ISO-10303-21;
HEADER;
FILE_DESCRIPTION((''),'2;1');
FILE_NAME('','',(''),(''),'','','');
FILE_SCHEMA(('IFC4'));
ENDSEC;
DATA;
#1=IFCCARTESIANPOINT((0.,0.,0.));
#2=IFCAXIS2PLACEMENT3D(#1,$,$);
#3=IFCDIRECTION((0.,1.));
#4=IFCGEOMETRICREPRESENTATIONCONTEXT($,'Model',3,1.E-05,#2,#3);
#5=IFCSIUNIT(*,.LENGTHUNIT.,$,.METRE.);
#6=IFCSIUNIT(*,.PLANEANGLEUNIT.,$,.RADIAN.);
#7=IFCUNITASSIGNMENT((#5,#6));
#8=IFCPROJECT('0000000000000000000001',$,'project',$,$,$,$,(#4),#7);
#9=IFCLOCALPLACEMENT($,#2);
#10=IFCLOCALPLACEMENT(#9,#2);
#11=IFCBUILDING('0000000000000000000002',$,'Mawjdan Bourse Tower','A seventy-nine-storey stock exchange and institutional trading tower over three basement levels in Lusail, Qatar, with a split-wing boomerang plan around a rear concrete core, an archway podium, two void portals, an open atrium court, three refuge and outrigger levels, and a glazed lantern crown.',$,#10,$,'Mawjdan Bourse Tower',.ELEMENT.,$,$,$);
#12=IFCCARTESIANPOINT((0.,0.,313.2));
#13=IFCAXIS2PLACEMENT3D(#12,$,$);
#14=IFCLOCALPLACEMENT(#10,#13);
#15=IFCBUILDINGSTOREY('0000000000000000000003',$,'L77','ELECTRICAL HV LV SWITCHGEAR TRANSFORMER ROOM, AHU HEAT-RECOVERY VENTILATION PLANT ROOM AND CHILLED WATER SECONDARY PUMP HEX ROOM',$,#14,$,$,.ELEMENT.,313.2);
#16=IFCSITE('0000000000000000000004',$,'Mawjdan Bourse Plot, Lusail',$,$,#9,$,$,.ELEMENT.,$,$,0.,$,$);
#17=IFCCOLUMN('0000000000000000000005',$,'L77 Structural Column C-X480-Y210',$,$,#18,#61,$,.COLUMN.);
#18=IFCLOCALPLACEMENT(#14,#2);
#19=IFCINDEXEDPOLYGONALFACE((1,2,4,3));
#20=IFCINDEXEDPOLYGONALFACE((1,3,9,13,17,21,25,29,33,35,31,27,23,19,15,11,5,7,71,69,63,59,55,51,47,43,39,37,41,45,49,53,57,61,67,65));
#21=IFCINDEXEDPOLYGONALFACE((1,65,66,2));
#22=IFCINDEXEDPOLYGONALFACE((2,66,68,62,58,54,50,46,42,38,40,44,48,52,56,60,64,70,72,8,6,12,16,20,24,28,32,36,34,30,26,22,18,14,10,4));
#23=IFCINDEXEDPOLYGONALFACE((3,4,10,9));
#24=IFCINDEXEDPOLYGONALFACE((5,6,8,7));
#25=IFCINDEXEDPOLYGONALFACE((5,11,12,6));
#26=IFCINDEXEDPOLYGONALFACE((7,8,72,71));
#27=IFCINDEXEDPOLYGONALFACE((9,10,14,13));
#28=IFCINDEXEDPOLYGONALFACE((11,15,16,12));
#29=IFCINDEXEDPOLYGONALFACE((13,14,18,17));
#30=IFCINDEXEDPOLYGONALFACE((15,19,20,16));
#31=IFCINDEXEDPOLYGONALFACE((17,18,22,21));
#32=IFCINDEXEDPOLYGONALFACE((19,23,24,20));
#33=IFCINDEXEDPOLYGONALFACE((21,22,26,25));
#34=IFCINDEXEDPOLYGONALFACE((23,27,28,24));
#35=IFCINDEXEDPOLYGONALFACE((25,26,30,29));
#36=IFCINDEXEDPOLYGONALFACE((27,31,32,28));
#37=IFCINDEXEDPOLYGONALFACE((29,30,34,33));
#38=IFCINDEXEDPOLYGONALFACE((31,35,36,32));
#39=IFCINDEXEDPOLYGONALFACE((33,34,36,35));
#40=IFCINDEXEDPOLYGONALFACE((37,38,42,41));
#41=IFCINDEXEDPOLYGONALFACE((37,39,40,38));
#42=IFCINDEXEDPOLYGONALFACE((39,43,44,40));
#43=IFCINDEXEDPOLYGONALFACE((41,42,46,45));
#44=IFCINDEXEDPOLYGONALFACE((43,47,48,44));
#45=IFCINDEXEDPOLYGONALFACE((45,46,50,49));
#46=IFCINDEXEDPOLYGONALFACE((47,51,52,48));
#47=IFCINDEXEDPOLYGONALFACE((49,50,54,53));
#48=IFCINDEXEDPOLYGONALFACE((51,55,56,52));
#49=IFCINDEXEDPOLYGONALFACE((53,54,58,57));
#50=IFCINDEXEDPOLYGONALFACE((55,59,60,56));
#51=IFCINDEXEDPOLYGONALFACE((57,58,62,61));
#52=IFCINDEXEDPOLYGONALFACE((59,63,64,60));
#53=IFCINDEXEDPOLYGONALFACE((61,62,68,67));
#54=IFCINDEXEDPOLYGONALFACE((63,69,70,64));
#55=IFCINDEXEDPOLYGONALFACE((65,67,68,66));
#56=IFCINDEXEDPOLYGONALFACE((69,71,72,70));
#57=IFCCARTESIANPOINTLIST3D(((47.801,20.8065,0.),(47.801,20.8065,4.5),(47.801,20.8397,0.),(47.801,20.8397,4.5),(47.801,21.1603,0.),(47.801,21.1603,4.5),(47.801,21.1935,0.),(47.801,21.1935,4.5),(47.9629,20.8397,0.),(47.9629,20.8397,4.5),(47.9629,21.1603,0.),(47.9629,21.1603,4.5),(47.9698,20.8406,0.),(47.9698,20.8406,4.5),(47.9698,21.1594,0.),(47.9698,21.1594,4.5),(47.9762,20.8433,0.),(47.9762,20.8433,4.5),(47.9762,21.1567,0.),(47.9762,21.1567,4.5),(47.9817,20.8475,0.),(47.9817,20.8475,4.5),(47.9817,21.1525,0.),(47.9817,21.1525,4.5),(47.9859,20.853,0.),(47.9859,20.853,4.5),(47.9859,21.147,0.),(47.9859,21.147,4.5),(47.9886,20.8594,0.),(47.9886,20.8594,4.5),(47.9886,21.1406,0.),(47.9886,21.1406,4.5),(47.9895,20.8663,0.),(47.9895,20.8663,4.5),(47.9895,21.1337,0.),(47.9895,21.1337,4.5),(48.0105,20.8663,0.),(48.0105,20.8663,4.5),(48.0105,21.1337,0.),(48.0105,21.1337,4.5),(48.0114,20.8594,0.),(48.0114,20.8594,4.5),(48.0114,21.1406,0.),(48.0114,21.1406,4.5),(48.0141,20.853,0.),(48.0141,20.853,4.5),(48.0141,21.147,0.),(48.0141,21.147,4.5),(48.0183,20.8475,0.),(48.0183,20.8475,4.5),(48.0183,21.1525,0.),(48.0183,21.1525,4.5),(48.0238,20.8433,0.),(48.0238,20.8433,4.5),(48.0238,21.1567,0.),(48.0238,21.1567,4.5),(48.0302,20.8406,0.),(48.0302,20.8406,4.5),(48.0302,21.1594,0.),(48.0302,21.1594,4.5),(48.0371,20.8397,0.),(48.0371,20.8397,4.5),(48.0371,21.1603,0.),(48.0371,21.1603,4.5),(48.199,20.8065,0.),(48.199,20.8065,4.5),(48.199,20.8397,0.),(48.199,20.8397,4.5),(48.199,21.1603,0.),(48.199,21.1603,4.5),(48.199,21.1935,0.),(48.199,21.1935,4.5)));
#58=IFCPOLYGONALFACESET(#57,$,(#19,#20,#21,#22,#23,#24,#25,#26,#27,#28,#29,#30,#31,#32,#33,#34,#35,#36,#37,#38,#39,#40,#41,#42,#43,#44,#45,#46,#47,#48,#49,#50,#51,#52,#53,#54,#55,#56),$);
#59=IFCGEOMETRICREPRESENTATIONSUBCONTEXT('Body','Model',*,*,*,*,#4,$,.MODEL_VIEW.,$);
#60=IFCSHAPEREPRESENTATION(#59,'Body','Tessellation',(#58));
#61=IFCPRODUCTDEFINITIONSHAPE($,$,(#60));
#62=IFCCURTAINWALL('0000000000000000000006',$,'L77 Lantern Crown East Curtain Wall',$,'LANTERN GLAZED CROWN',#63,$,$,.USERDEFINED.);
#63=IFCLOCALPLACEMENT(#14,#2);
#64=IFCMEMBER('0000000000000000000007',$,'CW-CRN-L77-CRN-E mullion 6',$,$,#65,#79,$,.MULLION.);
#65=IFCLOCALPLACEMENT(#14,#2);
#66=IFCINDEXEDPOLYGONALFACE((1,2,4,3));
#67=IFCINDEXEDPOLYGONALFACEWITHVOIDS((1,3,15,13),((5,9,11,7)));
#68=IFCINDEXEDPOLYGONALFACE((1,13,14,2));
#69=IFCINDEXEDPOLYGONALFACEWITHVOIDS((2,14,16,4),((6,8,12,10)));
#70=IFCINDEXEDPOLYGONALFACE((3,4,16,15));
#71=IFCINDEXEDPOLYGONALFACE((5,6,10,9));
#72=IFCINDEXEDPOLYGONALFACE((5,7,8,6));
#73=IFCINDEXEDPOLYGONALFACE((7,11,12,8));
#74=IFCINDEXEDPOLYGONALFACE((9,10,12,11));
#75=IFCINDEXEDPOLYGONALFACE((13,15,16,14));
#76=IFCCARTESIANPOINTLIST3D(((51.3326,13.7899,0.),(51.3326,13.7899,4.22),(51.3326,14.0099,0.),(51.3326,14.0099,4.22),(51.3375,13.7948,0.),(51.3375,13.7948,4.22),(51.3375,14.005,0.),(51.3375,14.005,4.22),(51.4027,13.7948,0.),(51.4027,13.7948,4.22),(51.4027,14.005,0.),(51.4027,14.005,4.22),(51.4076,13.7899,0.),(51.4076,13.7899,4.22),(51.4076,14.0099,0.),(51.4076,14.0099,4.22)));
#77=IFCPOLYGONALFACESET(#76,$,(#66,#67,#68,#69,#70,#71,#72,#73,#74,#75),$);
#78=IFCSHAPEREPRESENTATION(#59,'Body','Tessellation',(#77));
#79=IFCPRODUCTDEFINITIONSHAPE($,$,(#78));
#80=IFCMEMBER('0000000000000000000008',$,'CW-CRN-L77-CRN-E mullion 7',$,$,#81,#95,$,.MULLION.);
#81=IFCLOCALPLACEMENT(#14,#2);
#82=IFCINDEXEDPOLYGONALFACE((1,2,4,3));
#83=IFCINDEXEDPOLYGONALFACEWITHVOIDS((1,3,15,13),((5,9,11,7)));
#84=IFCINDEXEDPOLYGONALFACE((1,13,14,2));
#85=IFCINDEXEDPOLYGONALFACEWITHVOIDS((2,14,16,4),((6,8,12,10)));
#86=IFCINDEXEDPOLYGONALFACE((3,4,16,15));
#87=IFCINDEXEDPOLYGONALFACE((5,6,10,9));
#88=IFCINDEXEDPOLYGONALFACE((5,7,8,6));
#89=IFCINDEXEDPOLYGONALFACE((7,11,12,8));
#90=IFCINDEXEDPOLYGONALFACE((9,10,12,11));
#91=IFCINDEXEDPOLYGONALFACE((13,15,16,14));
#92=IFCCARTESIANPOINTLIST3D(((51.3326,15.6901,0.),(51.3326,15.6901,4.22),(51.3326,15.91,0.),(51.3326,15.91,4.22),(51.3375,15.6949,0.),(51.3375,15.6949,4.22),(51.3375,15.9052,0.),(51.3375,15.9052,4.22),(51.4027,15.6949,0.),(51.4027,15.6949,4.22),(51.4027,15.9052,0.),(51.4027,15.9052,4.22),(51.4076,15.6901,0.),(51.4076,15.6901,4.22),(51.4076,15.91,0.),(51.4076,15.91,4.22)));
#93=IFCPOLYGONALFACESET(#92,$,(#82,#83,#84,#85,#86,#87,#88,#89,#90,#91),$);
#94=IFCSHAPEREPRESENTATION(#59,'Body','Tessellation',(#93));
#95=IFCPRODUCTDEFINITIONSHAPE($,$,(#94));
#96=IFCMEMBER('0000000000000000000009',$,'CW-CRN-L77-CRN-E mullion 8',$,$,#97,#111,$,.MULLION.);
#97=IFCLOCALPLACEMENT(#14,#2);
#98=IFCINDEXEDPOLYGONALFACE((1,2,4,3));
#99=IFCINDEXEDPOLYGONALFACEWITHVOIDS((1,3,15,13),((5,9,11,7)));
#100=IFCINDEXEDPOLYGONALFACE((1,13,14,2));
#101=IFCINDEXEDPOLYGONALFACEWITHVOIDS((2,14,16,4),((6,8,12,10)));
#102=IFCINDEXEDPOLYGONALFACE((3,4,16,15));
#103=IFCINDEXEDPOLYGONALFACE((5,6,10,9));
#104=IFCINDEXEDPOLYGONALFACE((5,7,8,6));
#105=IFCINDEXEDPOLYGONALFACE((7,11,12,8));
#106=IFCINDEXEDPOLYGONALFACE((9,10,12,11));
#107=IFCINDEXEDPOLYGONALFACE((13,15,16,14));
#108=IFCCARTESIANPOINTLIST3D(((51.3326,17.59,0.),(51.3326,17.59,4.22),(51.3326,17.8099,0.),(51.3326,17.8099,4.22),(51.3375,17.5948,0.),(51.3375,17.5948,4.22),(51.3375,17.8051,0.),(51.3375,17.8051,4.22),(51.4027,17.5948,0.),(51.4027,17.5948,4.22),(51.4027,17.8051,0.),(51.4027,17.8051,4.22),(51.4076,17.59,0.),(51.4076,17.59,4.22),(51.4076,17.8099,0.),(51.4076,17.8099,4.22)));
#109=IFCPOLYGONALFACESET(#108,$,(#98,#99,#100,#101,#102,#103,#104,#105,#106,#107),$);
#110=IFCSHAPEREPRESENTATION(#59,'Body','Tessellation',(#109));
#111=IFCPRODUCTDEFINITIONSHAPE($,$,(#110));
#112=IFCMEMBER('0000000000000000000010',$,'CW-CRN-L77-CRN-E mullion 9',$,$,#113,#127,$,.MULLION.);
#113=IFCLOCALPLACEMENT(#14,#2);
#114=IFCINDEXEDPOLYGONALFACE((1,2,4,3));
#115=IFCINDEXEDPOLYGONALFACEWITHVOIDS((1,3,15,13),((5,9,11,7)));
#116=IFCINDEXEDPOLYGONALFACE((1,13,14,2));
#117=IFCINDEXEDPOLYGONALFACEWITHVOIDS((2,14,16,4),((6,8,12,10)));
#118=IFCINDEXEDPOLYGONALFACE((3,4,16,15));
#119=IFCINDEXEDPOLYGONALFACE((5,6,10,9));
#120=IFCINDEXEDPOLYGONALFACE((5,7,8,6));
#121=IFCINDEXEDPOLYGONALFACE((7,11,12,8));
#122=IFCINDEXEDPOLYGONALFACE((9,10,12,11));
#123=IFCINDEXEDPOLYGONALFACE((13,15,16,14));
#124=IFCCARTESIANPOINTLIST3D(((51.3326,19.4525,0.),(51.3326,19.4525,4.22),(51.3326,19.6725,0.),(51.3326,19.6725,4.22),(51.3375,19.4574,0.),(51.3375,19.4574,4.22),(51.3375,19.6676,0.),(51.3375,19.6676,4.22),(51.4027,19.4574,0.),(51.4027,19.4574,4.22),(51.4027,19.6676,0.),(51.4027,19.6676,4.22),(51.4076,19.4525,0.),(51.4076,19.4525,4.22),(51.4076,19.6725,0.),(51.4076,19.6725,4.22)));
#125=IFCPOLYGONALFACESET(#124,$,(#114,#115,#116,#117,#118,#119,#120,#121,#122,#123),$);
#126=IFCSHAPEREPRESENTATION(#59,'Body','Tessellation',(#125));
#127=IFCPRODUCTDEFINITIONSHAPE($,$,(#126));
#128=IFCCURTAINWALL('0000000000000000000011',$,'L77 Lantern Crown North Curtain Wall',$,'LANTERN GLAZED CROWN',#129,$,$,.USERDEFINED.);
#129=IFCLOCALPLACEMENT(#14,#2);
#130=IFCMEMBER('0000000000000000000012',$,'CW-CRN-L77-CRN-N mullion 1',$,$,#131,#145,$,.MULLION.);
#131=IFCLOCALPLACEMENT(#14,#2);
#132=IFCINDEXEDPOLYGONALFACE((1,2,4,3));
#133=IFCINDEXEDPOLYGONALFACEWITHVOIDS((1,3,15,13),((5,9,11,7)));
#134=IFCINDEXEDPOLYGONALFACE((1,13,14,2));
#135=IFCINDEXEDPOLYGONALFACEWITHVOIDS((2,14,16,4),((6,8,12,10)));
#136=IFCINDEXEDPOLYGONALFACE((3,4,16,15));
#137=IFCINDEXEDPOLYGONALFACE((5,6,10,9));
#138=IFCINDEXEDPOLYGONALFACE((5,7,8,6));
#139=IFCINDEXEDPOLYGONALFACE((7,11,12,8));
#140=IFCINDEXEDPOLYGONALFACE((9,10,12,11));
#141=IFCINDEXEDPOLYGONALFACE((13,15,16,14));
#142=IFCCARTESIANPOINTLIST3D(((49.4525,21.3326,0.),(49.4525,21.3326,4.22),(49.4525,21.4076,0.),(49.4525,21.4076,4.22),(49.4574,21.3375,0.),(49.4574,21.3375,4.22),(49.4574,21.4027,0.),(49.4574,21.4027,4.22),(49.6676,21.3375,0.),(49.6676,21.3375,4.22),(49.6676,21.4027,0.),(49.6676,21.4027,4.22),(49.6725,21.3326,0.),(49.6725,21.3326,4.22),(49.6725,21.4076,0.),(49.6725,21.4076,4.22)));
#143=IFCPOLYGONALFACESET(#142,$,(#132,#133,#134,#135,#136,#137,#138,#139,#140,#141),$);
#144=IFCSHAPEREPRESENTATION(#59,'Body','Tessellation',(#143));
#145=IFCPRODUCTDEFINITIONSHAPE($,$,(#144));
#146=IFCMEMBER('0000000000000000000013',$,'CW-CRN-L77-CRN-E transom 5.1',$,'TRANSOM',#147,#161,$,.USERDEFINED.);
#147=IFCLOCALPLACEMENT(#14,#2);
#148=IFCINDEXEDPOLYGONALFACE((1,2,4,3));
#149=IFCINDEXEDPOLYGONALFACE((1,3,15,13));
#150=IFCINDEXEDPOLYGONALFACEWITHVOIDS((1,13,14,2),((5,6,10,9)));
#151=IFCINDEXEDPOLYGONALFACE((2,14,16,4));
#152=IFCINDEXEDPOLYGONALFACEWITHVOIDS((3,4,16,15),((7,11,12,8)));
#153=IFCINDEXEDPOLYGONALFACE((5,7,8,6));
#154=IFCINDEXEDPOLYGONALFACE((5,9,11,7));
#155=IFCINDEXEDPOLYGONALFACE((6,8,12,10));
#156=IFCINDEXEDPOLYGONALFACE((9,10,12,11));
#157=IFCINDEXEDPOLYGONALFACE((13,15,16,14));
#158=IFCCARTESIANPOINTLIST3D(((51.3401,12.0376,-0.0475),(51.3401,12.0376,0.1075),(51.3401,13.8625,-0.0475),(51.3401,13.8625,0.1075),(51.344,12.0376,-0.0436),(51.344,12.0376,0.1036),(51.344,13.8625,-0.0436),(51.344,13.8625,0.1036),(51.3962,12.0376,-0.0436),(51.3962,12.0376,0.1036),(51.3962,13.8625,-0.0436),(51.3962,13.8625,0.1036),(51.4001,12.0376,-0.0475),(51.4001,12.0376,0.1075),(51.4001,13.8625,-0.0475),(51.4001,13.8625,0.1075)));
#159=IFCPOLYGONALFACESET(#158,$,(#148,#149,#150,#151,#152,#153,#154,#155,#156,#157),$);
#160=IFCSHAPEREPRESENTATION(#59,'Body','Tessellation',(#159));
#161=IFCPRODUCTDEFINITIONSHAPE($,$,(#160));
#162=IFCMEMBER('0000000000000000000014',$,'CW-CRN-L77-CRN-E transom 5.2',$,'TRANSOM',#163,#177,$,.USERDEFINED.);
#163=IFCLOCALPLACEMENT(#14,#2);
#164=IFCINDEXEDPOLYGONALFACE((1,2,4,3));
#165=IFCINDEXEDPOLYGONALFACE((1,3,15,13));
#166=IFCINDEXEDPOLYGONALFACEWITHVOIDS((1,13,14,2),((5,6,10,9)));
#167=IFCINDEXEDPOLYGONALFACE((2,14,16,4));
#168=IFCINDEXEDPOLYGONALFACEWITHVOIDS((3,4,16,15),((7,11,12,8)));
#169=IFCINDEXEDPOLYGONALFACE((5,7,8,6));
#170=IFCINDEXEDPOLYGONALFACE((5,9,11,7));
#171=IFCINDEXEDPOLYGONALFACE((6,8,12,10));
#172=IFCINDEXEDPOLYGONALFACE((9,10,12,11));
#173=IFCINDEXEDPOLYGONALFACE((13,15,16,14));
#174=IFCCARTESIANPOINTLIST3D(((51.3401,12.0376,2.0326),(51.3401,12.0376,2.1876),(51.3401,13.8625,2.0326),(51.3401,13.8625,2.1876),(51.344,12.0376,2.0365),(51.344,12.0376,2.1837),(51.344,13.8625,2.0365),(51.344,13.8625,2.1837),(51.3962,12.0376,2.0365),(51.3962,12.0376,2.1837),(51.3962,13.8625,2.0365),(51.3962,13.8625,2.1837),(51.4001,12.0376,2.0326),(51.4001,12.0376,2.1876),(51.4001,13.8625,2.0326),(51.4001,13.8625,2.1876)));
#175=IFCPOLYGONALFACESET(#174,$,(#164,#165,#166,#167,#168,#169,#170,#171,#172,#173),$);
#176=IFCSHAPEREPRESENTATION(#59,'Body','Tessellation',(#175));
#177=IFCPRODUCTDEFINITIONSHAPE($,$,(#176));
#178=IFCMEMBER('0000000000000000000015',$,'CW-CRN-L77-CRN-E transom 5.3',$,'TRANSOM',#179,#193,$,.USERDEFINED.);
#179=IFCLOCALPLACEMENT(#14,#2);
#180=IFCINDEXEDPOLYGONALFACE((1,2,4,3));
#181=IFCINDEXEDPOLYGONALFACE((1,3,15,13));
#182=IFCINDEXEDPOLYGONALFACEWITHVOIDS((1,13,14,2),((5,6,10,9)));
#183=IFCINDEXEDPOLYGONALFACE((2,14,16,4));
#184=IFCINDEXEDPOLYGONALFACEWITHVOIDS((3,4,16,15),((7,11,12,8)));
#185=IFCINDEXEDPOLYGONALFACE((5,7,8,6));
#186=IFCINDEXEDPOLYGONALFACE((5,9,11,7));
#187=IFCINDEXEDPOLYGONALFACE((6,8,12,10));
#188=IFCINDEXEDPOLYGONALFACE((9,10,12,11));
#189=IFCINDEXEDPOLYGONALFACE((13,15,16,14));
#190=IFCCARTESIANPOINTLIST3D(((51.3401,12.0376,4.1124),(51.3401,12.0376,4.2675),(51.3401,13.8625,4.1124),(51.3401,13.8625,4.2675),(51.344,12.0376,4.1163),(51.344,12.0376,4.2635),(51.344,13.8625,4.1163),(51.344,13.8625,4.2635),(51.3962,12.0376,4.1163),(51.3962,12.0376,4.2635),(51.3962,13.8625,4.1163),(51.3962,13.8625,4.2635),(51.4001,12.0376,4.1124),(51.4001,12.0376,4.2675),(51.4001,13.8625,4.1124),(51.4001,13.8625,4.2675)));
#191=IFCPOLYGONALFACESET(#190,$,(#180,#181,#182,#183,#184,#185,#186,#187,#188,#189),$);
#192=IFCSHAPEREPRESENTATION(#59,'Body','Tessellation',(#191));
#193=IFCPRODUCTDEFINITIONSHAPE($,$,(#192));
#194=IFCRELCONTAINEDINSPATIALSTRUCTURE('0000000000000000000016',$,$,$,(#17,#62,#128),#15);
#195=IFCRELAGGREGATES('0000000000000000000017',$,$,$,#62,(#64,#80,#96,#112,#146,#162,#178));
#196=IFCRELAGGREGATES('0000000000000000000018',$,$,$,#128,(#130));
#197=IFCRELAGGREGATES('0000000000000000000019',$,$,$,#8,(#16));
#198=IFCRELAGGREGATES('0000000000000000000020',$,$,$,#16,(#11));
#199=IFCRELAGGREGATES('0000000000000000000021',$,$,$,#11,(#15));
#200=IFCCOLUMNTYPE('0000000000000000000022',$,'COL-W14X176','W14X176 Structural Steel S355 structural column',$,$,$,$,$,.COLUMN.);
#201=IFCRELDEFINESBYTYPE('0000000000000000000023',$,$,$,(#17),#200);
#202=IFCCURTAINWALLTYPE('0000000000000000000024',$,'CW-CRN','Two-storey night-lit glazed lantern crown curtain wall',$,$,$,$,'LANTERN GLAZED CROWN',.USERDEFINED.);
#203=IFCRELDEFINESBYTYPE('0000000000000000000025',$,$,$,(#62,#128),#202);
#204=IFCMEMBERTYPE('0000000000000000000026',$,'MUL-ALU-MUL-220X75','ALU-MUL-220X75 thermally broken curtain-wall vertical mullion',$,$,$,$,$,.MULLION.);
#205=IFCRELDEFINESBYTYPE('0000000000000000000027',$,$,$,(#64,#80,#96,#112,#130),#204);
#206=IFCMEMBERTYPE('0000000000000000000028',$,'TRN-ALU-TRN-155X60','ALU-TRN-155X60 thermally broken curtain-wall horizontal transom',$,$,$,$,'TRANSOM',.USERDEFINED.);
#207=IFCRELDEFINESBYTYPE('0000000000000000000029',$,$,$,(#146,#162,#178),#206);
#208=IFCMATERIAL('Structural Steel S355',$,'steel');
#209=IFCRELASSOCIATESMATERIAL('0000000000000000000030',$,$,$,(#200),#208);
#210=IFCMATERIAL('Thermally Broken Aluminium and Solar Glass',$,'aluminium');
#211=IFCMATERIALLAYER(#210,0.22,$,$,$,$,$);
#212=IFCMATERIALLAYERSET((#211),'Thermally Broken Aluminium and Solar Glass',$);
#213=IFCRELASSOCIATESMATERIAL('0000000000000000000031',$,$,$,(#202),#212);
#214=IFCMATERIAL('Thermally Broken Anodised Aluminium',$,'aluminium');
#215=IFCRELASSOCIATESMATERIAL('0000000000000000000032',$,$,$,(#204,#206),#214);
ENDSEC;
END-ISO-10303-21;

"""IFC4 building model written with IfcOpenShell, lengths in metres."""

from ifc_helpers import new_model, si_unit, direction, frame, origin, origin_2d, place, context, subcontext, project, spatial, hollow_rectangle, i_section, extrude, material, layer, layer_set, material_profile, profile_set, type_object, element, aggregate, save


model = new_model("IFC4")

# Units and contexts
model_context = context("Model", 3, precision=1e-05, world=origin(), true_north=direction((0.0, 1.0)))
body_context = subcontext(model_context, "Body", "Model", "MODEL_VIEW")
ifc_project = project(units=[si_unit("LENGTHUNIT", "METRE"), si_unit("PLANEANGLEUNIT", "RADIAN")], contexts=[model_context])

# Site, building, storey
site_placement = place(None, origin())
site = spatial("IfcSite", under=ifc_project, at=site_placement, Name="Mawjdan Bourse Plot, Lusail", CompositionType="ELEMENT", RefElevation=0.0)
building_placement = place(site_placement, origin())
building = spatial("IfcBuilding", under=site, at=building_placement, Name="Mawjdan Bourse Tower", Description="A seventy-nine-storey stock exchange and institutional trading tower over three basement levels in Lusail, Qatar, with a split-wing boomerang plan around a rear concrete core, an archway podium, two void portals, an open atrium court, three refuge and outrigger levels, and a glazed lantern crown.", LongName="Mawjdan Bourse Tower", CompositionType="ELEMENT")
storey_placement = place(building_placement, frame((0.0, 0.0, 313.2)))
storey = spatial("IfcBuildingStorey", under=building, at=storey_placement, Name="L77", Description="ELECTRICAL HV LV SWITCHGEAR TRANSFORMER ROOM, AHU HEAT-RECOVERY VENTILATION PLANT ROOM AND CHILLED WATER SECONDARY PUMP HEX ROOM", CompositionType="ELEMENT", Elevation=313.2)

# Column
ifc_material_1 = material(Name="Structural Steel S355", Category="steel")
ifc_material_profile_1 = material_profile(ifc_material_1, i_section(OverallWidth=0.3979, OverallDepth=0.387, WebThickness=0.021, FlangeThickness=0.0332, FilletRadius=0.0266, at=origin_2d()), Name="W14X176")
ifc_profile_set_1 = profile_set([ifc_material_profile_1], Name="Structural Steel S355")
column_type = type_object("IfcColumnType", Name="COL-W14X176", Description="W14X176 Structural Steel S355 structural column", PredefinedType="COLUMN", material=ifc_profile_set_1)
column_placement = place(storey_placement, frame((48.0, 21.0, 0.0), z_axis=(0.0, 0.0, 1.0), x_axis=(1.0, 0.0, 0.0)))
element("IfcColumn", 1, at=column_placement, inside=storey, type_object=column_type, Name="L77 Structural Column C-X480-Y210", PredefinedType="COLUMN", context=body_context, shape_type="SweptSolid", body=[
    extrude(i_section(OverallWidth=0.3979, OverallDepth=0.387, WebThickness=0.021, FlangeThickness=0.0332, FilletRadius=0.0266, at=origin_2d()), origin(), (0.0, 0.0, 1.0), 4.5),
])

# Curtain wall, members
ifc_material_2 = material(Name="Thermally Broken Aluminium and Solar Glass", Category="aluminium")
ifc_layer_1 = layer(ifc_material_2, 0.22)
ifc_layer_set_1 = layer_set([ifc_layer_1], Name="Thermally Broken Aluminium and Solar Glass")
curtain_wall_type = type_object("IfcCurtainWallType", Name="CW-CRN", Description="Two-storey night-lit glazed lantern crown curtain wall", ElementType="LANTERN GLAZED CROWN", PredefinedType="USERDEFINED", material=ifc_layer_set_1)
curtain_wall_1_placement = place(storey_placement, origin())
curtain_wall_1 = element("IfcCurtainWall", 2, at=curtain_wall_1_placement, inside=storey, type_object=curtain_wall_type, Name="L77 Lantern Crown East Curtain Wall", ObjectType="LANTERN GLAZED CROWN", PredefinedType="USERDEFINED")
ifc_material_3 = material(Name="Thermally Broken Anodised Aluminium", Category="aluminium")
ifc_material_profile_2 = material_profile(ifc_material_3, hollow_rectangle(XDim=0.075, YDim=0.22, WallThickness=0.0049, at=origin_2d()), Name="ALU-MUL-220X75")
ifc_profile_set_2 = profile_set([ifc_material_profile_2], Name="Thermally Broken Anodised Aluminium")
member_type_1 = type_object("IfcMemberType", Name="MUL-ALU-MUL-220X75", Description="ALU-MUL-220X75 thermally broken curtain-wall vertical mullion", PredefinedType="MULLION", material=ifc_profile_set_2)
member_1_placement = place(storey_placement, frame((51.3701, 13.8999, 0.0), z_axis=(0.0, 0.0, 1.0), x_axis=(-1.0, 0.0, 0.0)))
member_1 = element("IfcMember", 3, at=member_1_placement, type_object=member_type_1, Name="CW-CRN-L77-CRN-E mullion 6", PredefinedType="MULLION", context=body_context, shape_type="SweptSolid", body=[
    extrude(hollow_rectangle(XDim=0.075, YDim=0.22, WallThickness=0.0049, at=origin_2d()), origin(), (0.0, 0.0, 1.0), 4.22),
])
member_2_placement = place(storey_placement, frame((51.3701, 15.8, 0.0), z_axis=(0.0, 0.0, 1.0), x_axis=(-1.0, 0.0, 0.0)))
member_2 = element("IfcMember", 4, at=member_2_placement, type_object=member_type_1, Name="CW-CRN-L77-CRN-E mullion 7", PredefinedType="MULLION", context=body_context, shape_type="SweptSolid", body=[
    extrude(hollow_rectangle(XDim=0.075, YDim=0.22, WallThickness=0.0049, at=origin_2d()), origin(), (0.0, 0.0, 1.0), 4.22),
])
member_3_placement = place(storey_placement, frame((51.3701, 17.7, 0.0), z_axis=(0.0, 0.0, 1.0), x_axis=(-1.0, 0.0, 0.0)))
member_3 = element("IfcMember", 5, at=member_3_placement, type_object=member_type_1, Name="CW-CRN-L77-CRN-E mullion 8", PredefinedType="MULLION", context=body_context, shape_type="SweptSolid", body=[
    extrude(hollow_rectangle(XDim=0.075, YDim=0.22, WallThickness=0.0049, at=origin_2d()), origin(), (0.0, 0.0, 1.0), 4.22),
])
member_4_placement = place(storey_placement, frame((51.3701, 19.5625, 0.0), z_axis=(0.0, 0.0, 1.0), x_axis=(-1.0, 0.0, 0.0)))
member_4 = element("IfcMember", 6, at=member_4_placement, type_object=member_type_1, Name="CW-CRN-L77-CRN-E mullion 9", PredefinedType="MULLION", context=body_context, shape_type="SweptSolid", body=[
    extrude(hollow_rectangle(XDim=0.075, YDim=0.22, WallThickness=0.0049, at=origin_2d()), origin(), (0.0, 0.0, 1.0), 4.22),
])

# Curtain wall, member
curtain_wall_2_placement = place(storey_placement, origin())
curtain_wall_2 = element("IfcCurtainWall", 7, at=curtain_wall_2_placement, inside=storey, type_object=curtain_wall_type, Name="L77 Lantern Crown North Curtain Wall", ObjectType="LANTERN GLAZED CROWN", PredefinedType="USERDEFINED")
member_5_placement = place(storey_placement, frame((49.5625, 21.3701, 0.0), z_axis=(0.0, 0.0, 1.0), x_axis=(0.0, -1.0, 0.0)))
member_5 = element("IfcMember", 8, at=member_5_placement, type_object=member_type_1, Name="CW-CRN-L77-CRN-N mullion 1", PredefinedType="MULLION", context=body_context, shape_type="SweptSolid", body=[
    extrude(hollow_rectangle(XDim=0.075, YDim=0.22, WallThickness=0.0049, at=origin_2d()), origin(), (0.0, 0.0, 1.0), 4.22),
])

# Members
ifc_material_profile_3 = material_profile(ifc_material_3, hollow_rectangle(XDim=0.0601, YDim=0.155, WallThickness=0.0039, at=origin_2d()), Name="ALU-TRN-155X60")
ifc_profile_set_3 = profile_set([ifc_material_profile_3], Name="Thermally Broken Anodised Aluminium")
member_type_2 = type_object("IfcMemberType", Name="TRN-ALU-TRN-155X60", Description="ALU-TRN-155X60 thermally broken curtain-wall horizontal transom", ElementType="TRANSOM", PredefinedType="USERDEFINED", material=ifc_profile_set_3)
member_6_placement = place(storey_placement, frame((51.3701, 12.0376, 0.03), z_axis=(0.0, 1.0, 0.0), x_axis=(-1.0, 0.0, 0.0)))
member_6 = element("IfcMember", 9, at=member_6_placement, type_object=member_type_2, Name="CW-CRN-L77-CRN-E transom 5.1", ObjectType="TRANSOM", PredefinedType="USERDEFINED", context=body_context, shape_type="SweptSolid", body=[
    extrude(hollow_rectangle(XDim=0.0601, YDim=0.155, WallThickness=0.0039, at=origin_2d()), origin(), (0.0, 0.0, 1.0), 1.825),
])
member_7_placement = place(storey_placement, frame((51.3701, 12.0376, 2.1101), z_axis=(0.0, 1.0, 0.0), x_axis=(-1.0, 0.0, 0.0)))
member_7 = element("IfcMember", 10, at=member_7_placement, type_object=member_type_2, Name="CW-CRN-L77-CRN-E transom 5.2", ObjectType="TRANSOM", PredefinedType="USERDEFINED", context=body_context, shape_type="SweptSolid", body=[
    extrude(hollow_rectangle(XDim=0.0601, YDim=0.155, WallThickness=0.0039, at=origin_2d()), origin(), (0.0, 0.0, 1.0), 1.825),
])
member_8_placement = place(storey_placement, frame((51.3701, 12.0376, 4.1899), z_axis=(0.0, 1.0, 0.0), x_axis=(-1.0, 0.0, 0.0)))
member_8 = element("IfcMember", 11, at=member_8_placement, type_object=member_type_2, Name="CW-CRN-L77-CRN-E transom 5.3", ObjectType="TRANSOM", PredefinedType="USERDEFINED", context=body_context, shape_type="SweptSolid", body=[
    extrude(hollow_rectangle(XDim=0.0601, YDim=0.155, WallThickness=0.0039, at=origin_2d()), origin(), (0.0, 0.0, 1.0), 1.825),
])

aggregate(curtain_wall_1, [member_1, member_2, member_3, member_4, member_6, member_7, member_8])
aggregate(curtain_wall_2, [member_5])

save(model, "model.ifc")
